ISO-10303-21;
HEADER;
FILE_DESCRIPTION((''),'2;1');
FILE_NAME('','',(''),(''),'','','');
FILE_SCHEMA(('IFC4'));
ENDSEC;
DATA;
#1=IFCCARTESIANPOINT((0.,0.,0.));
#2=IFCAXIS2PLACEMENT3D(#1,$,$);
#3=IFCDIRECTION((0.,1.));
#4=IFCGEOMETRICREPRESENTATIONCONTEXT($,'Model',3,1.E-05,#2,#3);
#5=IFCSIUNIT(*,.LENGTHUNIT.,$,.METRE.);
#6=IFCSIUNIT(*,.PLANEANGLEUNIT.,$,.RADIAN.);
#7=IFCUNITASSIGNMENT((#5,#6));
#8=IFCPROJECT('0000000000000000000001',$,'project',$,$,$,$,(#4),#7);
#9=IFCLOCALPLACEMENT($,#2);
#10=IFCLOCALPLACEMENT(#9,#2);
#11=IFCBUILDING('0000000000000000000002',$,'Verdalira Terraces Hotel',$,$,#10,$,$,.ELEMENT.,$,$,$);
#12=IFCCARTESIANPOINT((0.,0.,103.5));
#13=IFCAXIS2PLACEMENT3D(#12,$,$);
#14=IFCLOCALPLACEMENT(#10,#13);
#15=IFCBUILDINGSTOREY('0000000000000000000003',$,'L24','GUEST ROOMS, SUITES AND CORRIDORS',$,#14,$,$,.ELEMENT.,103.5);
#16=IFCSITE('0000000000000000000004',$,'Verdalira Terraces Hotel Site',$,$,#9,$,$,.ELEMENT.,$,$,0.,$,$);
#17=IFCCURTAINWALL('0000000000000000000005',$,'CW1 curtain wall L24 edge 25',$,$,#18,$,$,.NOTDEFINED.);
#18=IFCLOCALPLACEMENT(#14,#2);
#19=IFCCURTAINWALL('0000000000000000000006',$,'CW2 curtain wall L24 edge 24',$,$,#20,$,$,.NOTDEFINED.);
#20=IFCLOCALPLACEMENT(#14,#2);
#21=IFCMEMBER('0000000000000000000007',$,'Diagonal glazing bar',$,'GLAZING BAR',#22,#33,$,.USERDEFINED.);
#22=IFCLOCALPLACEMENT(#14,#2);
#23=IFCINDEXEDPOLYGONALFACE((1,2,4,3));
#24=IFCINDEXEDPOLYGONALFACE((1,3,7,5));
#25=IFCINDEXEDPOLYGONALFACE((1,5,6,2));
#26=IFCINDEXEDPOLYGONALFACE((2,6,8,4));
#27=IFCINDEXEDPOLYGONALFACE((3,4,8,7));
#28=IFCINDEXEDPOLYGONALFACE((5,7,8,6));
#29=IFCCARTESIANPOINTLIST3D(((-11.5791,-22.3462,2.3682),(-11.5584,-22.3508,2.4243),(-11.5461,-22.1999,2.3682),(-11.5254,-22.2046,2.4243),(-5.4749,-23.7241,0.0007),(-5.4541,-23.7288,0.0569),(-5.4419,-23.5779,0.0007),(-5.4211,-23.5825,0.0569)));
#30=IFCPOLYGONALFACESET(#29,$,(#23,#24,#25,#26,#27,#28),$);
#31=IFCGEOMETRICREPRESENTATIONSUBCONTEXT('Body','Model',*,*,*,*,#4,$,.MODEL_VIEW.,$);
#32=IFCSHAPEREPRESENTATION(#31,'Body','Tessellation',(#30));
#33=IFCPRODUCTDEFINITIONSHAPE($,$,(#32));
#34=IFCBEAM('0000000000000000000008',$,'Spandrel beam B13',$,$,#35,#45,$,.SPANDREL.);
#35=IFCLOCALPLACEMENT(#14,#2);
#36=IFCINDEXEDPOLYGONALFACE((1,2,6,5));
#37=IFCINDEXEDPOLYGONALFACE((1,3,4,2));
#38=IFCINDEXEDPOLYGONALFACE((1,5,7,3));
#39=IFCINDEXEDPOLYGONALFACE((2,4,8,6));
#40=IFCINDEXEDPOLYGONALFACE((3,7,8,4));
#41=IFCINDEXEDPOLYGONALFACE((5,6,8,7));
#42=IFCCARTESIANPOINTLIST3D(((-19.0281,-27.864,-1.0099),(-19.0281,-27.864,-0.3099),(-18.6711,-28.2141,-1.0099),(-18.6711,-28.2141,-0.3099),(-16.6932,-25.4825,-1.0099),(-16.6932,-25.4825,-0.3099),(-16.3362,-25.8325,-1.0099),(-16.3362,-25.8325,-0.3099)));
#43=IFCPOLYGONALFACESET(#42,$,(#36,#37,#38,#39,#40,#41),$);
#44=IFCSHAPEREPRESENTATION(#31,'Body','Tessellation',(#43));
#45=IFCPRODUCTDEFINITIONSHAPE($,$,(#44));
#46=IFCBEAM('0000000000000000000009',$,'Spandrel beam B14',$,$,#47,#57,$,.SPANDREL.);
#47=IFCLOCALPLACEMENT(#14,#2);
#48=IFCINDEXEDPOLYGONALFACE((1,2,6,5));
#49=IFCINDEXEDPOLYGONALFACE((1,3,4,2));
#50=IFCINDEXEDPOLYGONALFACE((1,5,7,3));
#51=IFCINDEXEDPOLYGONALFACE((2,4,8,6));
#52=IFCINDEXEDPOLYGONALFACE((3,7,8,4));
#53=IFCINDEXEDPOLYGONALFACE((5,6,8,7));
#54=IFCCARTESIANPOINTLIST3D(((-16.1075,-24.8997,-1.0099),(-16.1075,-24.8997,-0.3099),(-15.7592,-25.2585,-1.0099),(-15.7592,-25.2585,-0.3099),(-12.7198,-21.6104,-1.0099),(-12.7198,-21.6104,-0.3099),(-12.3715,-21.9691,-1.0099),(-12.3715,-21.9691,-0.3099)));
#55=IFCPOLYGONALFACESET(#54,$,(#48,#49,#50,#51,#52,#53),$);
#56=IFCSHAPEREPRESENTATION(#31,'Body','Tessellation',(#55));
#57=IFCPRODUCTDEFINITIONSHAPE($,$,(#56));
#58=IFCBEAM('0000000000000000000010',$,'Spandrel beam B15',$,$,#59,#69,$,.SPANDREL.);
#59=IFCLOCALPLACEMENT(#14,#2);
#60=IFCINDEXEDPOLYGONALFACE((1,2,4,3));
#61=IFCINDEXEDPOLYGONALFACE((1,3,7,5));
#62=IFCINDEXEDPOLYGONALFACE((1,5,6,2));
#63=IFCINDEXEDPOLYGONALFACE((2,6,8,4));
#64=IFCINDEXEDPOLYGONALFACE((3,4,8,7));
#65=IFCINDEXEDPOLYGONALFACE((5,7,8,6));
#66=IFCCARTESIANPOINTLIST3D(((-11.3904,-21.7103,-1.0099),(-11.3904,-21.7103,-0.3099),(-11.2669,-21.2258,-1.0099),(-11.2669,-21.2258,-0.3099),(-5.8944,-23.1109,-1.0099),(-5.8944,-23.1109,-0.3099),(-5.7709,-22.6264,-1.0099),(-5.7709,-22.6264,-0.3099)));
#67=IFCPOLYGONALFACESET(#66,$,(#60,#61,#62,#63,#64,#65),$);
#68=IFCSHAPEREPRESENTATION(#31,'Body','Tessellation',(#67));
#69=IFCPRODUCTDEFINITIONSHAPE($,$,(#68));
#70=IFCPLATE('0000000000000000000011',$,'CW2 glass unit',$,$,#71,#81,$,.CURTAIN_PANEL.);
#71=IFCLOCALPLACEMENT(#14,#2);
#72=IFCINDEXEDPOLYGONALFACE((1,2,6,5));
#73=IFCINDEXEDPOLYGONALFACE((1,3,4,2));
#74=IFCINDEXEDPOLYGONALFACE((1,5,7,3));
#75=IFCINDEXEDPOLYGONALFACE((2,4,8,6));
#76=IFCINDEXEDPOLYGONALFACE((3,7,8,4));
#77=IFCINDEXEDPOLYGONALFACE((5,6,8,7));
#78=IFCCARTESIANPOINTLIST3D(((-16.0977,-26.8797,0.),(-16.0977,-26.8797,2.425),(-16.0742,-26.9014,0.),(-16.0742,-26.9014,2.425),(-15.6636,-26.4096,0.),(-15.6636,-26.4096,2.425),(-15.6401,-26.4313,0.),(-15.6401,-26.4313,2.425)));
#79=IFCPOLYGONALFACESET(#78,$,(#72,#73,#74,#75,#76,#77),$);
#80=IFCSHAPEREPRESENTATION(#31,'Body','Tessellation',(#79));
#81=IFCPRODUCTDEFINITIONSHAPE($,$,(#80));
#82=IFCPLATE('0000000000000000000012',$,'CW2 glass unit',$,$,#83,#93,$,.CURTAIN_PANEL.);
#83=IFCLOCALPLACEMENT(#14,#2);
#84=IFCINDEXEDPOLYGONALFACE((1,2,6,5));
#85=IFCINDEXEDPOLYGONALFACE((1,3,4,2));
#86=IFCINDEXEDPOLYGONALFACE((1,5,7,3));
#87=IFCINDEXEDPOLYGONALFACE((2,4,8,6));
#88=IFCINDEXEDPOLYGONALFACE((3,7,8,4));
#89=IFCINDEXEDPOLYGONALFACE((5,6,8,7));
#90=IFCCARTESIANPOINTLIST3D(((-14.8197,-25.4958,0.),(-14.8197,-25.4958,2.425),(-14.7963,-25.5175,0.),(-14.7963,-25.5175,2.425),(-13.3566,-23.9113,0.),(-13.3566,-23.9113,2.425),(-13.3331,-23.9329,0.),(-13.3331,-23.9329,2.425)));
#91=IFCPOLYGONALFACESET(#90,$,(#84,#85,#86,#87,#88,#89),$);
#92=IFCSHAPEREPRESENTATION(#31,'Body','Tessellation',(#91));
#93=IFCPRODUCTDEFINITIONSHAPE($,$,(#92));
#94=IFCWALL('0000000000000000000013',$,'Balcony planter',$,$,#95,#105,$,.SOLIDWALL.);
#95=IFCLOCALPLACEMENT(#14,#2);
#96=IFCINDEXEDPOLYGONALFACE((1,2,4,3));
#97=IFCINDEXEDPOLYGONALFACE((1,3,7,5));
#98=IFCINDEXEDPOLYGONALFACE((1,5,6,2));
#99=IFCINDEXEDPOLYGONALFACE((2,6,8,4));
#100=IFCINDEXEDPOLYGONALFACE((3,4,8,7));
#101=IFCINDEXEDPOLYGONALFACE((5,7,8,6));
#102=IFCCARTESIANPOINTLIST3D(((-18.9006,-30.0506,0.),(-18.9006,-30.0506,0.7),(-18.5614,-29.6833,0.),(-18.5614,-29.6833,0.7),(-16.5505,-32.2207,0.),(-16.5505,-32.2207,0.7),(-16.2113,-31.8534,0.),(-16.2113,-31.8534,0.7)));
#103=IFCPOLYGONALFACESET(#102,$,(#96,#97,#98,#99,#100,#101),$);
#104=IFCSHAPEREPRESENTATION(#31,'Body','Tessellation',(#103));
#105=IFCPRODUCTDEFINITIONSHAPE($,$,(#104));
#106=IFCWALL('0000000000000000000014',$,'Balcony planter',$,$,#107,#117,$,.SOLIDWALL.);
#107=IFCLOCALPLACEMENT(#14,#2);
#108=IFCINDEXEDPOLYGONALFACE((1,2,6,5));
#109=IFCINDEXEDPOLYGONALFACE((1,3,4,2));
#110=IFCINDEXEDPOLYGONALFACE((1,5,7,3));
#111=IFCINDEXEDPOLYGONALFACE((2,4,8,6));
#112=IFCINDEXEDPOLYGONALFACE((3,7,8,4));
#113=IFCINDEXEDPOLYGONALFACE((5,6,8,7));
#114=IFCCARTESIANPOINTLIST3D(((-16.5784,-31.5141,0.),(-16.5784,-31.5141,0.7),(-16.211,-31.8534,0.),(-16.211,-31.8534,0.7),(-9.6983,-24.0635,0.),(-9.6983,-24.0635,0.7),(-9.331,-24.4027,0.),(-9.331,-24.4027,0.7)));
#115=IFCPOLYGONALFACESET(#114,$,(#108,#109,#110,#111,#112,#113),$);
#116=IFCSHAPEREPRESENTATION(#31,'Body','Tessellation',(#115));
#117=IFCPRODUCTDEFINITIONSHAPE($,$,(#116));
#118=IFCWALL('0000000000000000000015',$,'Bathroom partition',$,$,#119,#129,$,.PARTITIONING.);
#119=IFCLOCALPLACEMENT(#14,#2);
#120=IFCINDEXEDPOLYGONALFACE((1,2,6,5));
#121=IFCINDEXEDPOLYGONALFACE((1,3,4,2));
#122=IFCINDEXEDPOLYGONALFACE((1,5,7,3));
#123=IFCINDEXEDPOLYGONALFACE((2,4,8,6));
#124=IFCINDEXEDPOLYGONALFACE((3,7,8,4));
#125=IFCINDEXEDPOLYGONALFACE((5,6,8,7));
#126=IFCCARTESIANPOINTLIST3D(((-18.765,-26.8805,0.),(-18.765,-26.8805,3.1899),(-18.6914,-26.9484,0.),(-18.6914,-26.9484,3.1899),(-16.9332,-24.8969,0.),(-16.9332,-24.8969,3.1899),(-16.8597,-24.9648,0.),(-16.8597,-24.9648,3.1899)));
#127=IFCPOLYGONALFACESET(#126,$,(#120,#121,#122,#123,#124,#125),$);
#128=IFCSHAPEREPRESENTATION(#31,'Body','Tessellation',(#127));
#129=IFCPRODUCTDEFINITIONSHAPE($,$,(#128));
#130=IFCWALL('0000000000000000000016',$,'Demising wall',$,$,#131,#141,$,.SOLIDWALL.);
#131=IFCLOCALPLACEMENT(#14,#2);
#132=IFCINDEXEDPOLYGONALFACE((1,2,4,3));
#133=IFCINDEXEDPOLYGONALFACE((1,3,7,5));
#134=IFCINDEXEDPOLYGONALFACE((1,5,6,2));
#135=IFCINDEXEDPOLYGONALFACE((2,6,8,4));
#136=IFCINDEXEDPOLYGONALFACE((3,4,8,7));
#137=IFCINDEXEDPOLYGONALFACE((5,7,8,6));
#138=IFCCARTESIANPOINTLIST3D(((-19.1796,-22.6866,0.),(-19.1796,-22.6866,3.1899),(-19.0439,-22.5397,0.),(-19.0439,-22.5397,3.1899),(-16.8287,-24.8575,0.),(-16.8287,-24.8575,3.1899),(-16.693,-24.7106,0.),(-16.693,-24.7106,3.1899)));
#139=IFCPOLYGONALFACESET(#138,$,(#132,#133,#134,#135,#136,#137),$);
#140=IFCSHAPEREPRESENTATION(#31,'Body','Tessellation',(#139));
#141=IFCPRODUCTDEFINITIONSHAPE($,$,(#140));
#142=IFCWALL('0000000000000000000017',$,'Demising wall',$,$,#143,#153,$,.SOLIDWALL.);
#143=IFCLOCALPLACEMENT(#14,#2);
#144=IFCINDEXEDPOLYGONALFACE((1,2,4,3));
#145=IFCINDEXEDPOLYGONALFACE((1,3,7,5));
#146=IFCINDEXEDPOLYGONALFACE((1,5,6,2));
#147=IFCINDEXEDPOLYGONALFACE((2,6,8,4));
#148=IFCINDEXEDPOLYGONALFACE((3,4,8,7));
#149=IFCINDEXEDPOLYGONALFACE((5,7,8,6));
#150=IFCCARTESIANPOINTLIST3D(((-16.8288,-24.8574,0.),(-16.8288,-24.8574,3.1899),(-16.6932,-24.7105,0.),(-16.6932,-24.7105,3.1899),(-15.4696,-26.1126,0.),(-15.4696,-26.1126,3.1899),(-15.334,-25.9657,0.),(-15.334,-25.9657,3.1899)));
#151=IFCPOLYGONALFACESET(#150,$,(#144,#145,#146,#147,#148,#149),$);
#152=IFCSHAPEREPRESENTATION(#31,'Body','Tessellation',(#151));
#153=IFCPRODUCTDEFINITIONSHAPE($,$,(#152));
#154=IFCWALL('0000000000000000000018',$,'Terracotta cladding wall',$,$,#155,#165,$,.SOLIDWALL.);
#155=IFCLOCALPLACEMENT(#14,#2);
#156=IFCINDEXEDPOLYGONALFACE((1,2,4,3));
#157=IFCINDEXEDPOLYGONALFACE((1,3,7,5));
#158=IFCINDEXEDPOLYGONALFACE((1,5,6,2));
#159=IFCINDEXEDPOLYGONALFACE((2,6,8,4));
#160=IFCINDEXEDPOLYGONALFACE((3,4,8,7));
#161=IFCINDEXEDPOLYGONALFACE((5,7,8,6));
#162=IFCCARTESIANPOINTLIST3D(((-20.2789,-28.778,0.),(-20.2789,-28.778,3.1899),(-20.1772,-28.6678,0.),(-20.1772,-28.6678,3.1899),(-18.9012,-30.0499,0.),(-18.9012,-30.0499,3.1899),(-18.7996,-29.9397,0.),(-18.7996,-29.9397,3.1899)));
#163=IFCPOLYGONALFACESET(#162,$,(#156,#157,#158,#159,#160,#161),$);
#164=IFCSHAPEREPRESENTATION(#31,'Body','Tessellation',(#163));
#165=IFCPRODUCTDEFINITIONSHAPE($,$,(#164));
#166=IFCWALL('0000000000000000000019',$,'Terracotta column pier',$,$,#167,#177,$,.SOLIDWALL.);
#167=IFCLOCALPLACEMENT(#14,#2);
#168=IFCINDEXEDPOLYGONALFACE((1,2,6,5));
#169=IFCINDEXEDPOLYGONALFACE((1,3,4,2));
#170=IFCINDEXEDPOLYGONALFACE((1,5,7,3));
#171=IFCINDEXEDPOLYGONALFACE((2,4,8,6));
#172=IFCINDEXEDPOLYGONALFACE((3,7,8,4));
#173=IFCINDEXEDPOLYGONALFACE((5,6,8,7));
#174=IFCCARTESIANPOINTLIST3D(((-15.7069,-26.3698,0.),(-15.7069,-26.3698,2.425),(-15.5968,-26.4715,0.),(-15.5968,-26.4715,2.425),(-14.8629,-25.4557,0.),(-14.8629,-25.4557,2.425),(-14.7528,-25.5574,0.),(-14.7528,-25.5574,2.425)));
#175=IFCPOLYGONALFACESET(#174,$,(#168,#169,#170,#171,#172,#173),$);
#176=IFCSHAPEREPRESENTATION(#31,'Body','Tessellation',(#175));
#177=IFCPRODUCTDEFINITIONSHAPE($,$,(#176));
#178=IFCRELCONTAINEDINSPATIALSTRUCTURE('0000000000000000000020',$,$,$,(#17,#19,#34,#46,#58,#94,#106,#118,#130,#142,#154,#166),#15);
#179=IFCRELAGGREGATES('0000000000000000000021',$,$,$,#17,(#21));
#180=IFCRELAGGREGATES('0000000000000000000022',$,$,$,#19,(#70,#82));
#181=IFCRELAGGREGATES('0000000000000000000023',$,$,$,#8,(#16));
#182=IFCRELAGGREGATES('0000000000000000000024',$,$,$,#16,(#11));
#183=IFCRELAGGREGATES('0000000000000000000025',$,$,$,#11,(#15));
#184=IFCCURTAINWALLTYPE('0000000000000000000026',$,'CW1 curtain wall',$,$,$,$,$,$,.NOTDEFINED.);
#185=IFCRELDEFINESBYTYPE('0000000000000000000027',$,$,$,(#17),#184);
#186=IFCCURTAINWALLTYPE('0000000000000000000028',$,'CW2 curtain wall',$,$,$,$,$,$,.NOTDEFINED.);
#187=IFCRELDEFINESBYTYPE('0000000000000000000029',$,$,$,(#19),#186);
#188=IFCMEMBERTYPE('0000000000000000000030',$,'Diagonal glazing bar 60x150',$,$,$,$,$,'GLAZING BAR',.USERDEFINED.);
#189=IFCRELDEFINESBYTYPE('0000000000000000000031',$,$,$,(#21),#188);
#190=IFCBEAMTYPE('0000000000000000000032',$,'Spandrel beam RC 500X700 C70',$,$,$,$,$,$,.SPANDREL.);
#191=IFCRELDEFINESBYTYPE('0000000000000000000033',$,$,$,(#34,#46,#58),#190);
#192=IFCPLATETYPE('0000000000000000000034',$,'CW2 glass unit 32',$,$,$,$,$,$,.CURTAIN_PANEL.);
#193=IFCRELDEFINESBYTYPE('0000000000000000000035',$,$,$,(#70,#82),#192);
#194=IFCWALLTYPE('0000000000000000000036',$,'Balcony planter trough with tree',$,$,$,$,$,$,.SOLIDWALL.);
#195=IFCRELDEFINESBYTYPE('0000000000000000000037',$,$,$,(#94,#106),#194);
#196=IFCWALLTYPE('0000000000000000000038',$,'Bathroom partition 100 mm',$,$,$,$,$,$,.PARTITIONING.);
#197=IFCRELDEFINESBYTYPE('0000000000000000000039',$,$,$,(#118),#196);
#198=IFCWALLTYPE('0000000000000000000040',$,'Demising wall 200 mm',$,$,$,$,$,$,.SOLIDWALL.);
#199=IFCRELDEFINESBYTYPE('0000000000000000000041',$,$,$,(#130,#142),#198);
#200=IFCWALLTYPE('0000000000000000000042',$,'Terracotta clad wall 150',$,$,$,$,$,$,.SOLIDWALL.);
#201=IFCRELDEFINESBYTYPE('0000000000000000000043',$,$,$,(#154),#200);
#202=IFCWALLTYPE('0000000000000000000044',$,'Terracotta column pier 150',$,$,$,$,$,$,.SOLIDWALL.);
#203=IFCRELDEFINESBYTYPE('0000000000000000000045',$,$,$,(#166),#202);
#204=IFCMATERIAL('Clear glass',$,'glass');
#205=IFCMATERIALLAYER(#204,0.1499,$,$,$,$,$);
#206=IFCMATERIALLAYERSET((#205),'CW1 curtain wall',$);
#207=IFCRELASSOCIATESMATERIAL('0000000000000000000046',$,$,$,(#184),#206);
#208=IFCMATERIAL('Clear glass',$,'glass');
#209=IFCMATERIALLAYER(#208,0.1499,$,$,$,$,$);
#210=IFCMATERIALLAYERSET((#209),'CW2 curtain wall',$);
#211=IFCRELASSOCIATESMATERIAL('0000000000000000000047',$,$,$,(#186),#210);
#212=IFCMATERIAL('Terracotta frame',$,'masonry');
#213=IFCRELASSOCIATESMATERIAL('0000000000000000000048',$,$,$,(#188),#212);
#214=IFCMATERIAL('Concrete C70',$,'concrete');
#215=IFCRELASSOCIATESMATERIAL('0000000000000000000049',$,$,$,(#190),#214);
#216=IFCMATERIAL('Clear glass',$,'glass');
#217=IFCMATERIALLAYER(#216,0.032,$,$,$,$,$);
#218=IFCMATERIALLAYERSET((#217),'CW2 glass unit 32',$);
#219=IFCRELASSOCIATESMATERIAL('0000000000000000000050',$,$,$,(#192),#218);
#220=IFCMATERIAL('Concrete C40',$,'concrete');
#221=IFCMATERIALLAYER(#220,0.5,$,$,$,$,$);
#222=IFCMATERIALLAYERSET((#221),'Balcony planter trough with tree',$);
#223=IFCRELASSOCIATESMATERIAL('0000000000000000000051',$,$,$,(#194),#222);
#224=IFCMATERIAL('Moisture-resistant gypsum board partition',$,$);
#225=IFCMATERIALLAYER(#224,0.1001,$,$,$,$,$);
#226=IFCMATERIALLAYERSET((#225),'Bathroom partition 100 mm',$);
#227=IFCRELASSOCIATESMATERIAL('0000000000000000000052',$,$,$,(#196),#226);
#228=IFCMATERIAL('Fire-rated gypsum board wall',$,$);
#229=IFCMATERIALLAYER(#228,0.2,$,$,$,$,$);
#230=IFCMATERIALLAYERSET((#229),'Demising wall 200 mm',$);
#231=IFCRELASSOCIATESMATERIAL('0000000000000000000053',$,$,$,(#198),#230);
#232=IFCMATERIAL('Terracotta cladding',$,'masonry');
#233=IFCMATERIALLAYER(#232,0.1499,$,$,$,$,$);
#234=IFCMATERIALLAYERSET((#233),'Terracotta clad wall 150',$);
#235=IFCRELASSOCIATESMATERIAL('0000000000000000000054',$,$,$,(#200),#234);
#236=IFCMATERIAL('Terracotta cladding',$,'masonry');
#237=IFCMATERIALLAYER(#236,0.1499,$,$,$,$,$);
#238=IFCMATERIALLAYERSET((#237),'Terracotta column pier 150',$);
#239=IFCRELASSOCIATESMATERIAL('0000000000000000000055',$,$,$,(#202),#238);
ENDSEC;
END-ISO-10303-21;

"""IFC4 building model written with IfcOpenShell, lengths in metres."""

from ifc_helpers import new_model, si_unit, direction, frame, frame_2d, origin, origin_2d, place, context, subcontext, project, spatial, rectangle, extrude, material, layer, layer_set, material_profile, profile_set, type_object, element, aggregate, save


model = new_model("IFC4")

# Units and contexts
model_context = context("Model", 3, precision=1e-05, world=origin(), true_north=direction((0.0, 1.0)))
body_context = subcontext(model_context, "Body", "Model", "MODEL_VIEW")
ifc_project = project(units=[si_unit("LENGTHUNIT", "METRE"), si_unit("PLANEANGLEUNIT", "RADIAN")], contexts=[model_context])

# Site, building, storey
site_placement = place(None, origin())
site = spatial("IfcSite", under=ifc_project, at=site_placement, Name="Verdalira Terraces Hotel Site", CompositionType="ELEMENT", RefElevation=0.0)
building_placement = place(site_placement, origin())
building = spatial("IfcBuilding", under=site, at=building_placement, Name="Verdalira Terraces Hotel", CompositionType="ELEMENT")
storey_placement = place(building_placement, frame((0.0, 0.0, 103.5)))
storey = spatial("IfcBuildingStorey", under=building, at=storey_placement, Name="L24", Description="GUEST ROOMS, SUITES AND CORRIDORS", CompositionType="ELEMENT", Elevation=103.5)

# Curtain walls
ifc_material_1 = material(Name="Clear glass", Category="glass")
ifc_layer_1 = layer(ifc_material_1, 0.1499)
ifc_layer_set_1 = layer_set([ifc_layer_1], Name="CW1 curtain wall")
curtain_wall_type_1 = type_object("IfcCurtainWallType", Name="CW1 curtain wall", PredefinedType="NOTDEFINED", material=ifc_layer_set_1)
curtain_wall_1_placement = place(storey_placement, origin())
curtain_wall_1 = element("IfcCurtainWall", 1, at=curtain_wall_1_placement, inside=storey, type_object=curtain_wall_type_1, Name="CW1 curtain wall L24 edge 25", PredefinedType="NOTDEFINED")
ifc_material_2 = material(Name="Clear glass", Category="glass")
ifc_layer_2 = layer(ifc_material_2, 0.1499)
ifc_layer_set_2 = layer_set([ifc_layer_2], Name="CW2 curtain wall")
curtain_wall_type_2 = type_object("IfcCurtainWallType", Name="CW2 curtain wall", PredefinedType="NOTDEFINED", material=ifc_layer_set_2)
curtain_wall_2_placement = place(storey_placement, origin())
curtain_wall_2 = element("IfcCurtainWall", 2, at=curtain_wall_2_placement, inside=storey, type_object=curtain_wall_type_2, Name="CW2 curtain wall L24 edge 24", PredefinedType="NOTDEFINED")

# Member
ifc_material_3 = material(Name="Terracotta frame", Category="masonry")
ifc_material_profile_1 = material_profile(ifc_material_3, rectangle(XDim=0.1499, YDim=0.0601, at=origin_2d()), Name="GB 60x150")
ifc_profile_set_1 = profile_set([ifc_material_profile_1], Name="Terracotta frame")
member_type_1 = type_object("IfcMemberType", Name="Diagonal glazing bar 60x150", ElementType="GLAZING BAR", PredefinedType="USERDEFINED", material=ifc_profile_set_1)
member_1_placement = place(storey_placement, frame((-11.5522, -22.2754, 2.3962), z_axis=(0.91235, -0.205947, -0.35384), x_axis=(0.220193, 0.975456, 0.0)))
member_1 = element("IfcMember", 3, at=member_1_placement, type_object=member_type_1, Name="Diagonal glazing bar", ObjectType="GLAZING BAR", PredefinedType="USERDEFINED", context=body_context, shape_type="SweptSolid", body=[
    extrude(rectangle(XDim=0.1499, YDim=0.0601, at=origin_2d()), origin(), (0.0, 0.0, 1.0), 6.6907),
])
aggregate(curtain_wall_1, [member_1])

# Beams
ifc_material_4 = material(Name="Concrete C70", Category="concrete")
ifc_material_profile_2 = material_profile(ifc_material_4, rectangle(XDim=0.5, YDim=0.7, at=origin_2d()), Name="RC 500X700")
ifc_profile_set_2 = profile_set([ifc_material_profile_2], Name="Concrete C70")
beam_type_1 = type_object("IfcBeamType", Name="Spandrel beam RC 500X700 C70", PredefinedType="SPANDREL", material=ifc_profile_set_2)
beam_1_placement = place(storey_placement, frame((-18.8496, -28.0391, -0.6599), z_axis=(0.700082, 0.714063, 0.0), x_axis=(-0.714063, 0.700082, 0.0)))
element("IfcBeam", 4, at=beam_1_placement, inside=storey, type_object=beam_type_1, Name="Spandrel beam B13", PredefinedType="SPANDREL", context=body_context, shape_type="SweptSolid", body=[
    extrude(rectangle(XDim=0.5, YDim=0.7, at=origin_2d()), origin(), (0.0, 0.0, 1.0), 3.3352),
])
beam_2_placement = place(storey_placement, frame((-15.9334, -25.0791, -0.6599), z_axis=(0.717448, 0.696612, 0.0), x_axis=(-0.696612, 0.717448, 0.0)))
element("IfcBeam", 5, at=beam_2_placement, inside=storey, type_object=beam_type_1, Name="Spandrel beam B14", PredefinedType="SPANDREL", context=body_context, shape_type="SweptSolid", body=[
    extrude(rectangle(XDim=0.5, YDim=0.7, at=origin_2d()), origin(), (0.0, 0.0, 1.0), 4.7219),
])
beam_3_placement = place(storey_placement, frame((-11.3286, -21.468, -0.6599), z_axis=(0.969026, -0.246959, 0.0), x_axis=(0.246959, 0.969026, 0.0)))
element("IfcBeam", 6, at=beam_3_placement, inside=storey, type_object=beam_type_1, Name="Spandrel beam B15", PredefinedType="SPANDREL", context=body_context, shape_type="SweptSolid", body=[
    extrude(rectangle(XDim=0.5, YDim=0.7, at=origin_2d()), origin(), (0.0, 0.0, 1.0), 5.6716),
])

# Plates
ifc_material_5 = material(Name="Clear glass", Category="glass")
ifc_layer_3 = layer(ifc_material_5, 0.032)
ifc_layer_set_3 = layer_set([ifc_layer_3], Name="CW2 glass unit 32")
plate_type = type_object("IfcPlateType", Name="CW2 glass unit 32", PredefinedType="CURTAIN_PANEL", material=ifc_layer_set_3)
plate_1_placement = place(storey_placement, frame((-15.8689, -26.6555, 0.0), z_axis=(0.0, 0.0, 1.0), x_axis=(0.678416, 0.734678, 0.0)))
plate_1 = element("IfcPlate", 7, at=plate_1_placement, type_object=plate_type, Name="CW2 glass unit", PredefinedType="CURTAIN_PANEL", context=body_context, shape_type="SweptSolid", body=[
    extrude(rectangle(XDim=0.6399, YDim=0.032, at=origin_2d()), origin(), (0.0, 0.0, 1.0), 2.425),
])
plate_2_placement = place(storey_placement, frame((-14.0764, -24.7144, 0.0), z_axis=(0.0, 0.0, 1.0), x_axis=(0.678416, 0.734678, 0.0)))
plate_2 = element("IfcPlate", 8, at=plate_2_placement, type_object=plate_type, Name="CW2 glass unit", PredefinedType="CURTAIN_PANEL", context=body_context, shape_type="SweptSolid", body=[
    extrude(rectangle(XDim=2.1567, YDim=0.032, at=origin_2d()), origin(), (0.0, 0.0, 1.0), 2.425),
])
aggregate(curtain_wall_2, [plate_1, plate_2])

# Walls
ifc_material_6 = material(Name="Concrete C40", Category="concrete")
ifc_layer_4 = layer(ifc_material_6, 0.5)
ifc_layer_set_4 = layer_set([ifc_layer_4], Name="Balcony planter trough with tree")
wall_type_1 = type_object("IfcWallType", Name="Balcony planter trough with tree", PredefinedType="SOLIDWALL", material=ifc_layer_set_4)
wall_1_placement = place(storey_placement, frame((-18.731, -29.8669, 0.0), z_axis=(0.0, 0.0, 1.0), x_axis=(0.734672, -0.678423, 0.0)))
element("IfcWall", 9, at=wall_1_placement, inside=storey, type_object=wall_type_1, Name="Balcony planter", PredefinedType="SOLIDWALL", context=body_context, shape_type="SweptSolid", body=[
    extrude(rectangle(XDim=3.1987, YDim=0.5, at=frame_2d((1.5994, 0.0))), origin(), (0.0, 0.0, 1.0), 0.7),
])
wall_2_placement = place(storey_placement, frame((-16.3948, -31.6838, 0.0), z_axis=(0.0, 0.0, 1.0), x_axis=(0.678417, 0.734677, 0.0)))
element("IfcWall", 10, at=wall_2_placement, inside=storey, type_object=wall_type_1, Name="Balcony planter", PredefinedType="SOLIDWALL", context=body_context, shape_type="SweptSolid", body=[
    extrude(rectangle(XDim=10.1414, YDim=0.5, at=frame_2d((5.0708, 0.0))), origin(), (0.0, 0.0, 1.0), 0.7),
])
ifc_material_7 = material(Name="Moisture-resistant gypsum board partition")
ifc_layer_5 = layer(ifc_material_7, 0.1001)
ifc_layer_set_5 = layer_set([ifc_layer_5], Name="Bathroom partition 100 mm")
wall_type_2 = type_object("IfcWallType", Name="Bathroom partition 100 mm", PredefinedType="PARTITIONING", material=ifc_layer_set_5)
wall_3_placement = place(storey_placement, frame((-18.7283, -26.9146, 0.0), z_axis=(0.0, 0.0, 1.0), x_axis=(0.678427, 0.734668, 0.0)))
element("IfcWall", 11, at=wall_3_placement, inside=storey, type_object=wall_type_2, Name="Bathroom partition", PredefinedType="PARTITIONING", context=body_context, shape_type="SweptSolid", body=[
    extrude(rectangle(XDim=2.7, YDim=0.1001, at=frame_2d((1.3501, 0.0))), origin(), (0.0, 0.0, 1.0), 3.1899),
])
ifc_material_8 = material(Name="Fire-rated gypsum board wall")
ifc_layer_6 = layer(ifc_material_8, 0.2)
ifc_layer_set_6 = layer_set([ifc_layer_6], Name="Demising wall 200 mm")
wall_type_3 = type_object("IfcWallType", Name="Demising wall 200 mm", PredefinedType="SOLIDWALL", material=ifc_layer_set_6)
wall_4_placement = place(storey_placement, frame((-19.1118, -22.613, 0.0), z_axis=(0.0, 0.0, 1.0), x_axis=(0.734663, -0.678432, 0.0)))
element("IfcWall", 12, at=wall_4_placement, inside=storey, type_object=wall_type_3, Name="Demising wall", PredefinedType="SOLIDWALL", context=body_context, shape_type="SweptSolid", body=[
    extrude(rectangle(XDim=3.2, YDim=0.2, at=frame_2d((1.6001, 0.0))), origin(), (0.0, 0.0, 1.0), 3.1899),
])
wall_5_placement = place(storey_placement, frame((-16.761, -24.7839, 0.0), z_axis=(0.0, 0.0, 1.0), x_axis=(0.734657, -0.678439, 0.0)))
element("IfcWall", 13, at=wall_5_placement, inside=storey, type_object=wall_type_3, Name="Demising wall", PredefinedType="SOLIDWALL", context=body_context, shape_type="SweptSolid", body=[
    extrude(rectangle(XDim=1.8501, YDim=0.2, at=frame_2d((0.925, 0.0))), origin(), (0.0, 0.0, 1.0), 3.1899),
])
ifc_material_9 = material(Name="Terracotta cladding", Category="masonry")
ifc_layer_7 = layer(ifc_material_9, 0.1499)
ifc_layer_set_7 = layer_set([ifc_layer_7], Name="Terracotta clad wall 150")
wall_type_4 = type_object("IfcWallType", Name="Terracotta clad wall 150", PredefinedType="SOLIDWALL", material=ifc_layer_set_7)
wall_6_placement = place(storey_placement, frame((-20.228, -28.7229, 0.0), z_axis=(0.0, 0.0, 1.0), x_axis=(0.734734, -0.678356, 0.0)))
element("IfcWall", 14, at=wall_6_placement, inside=storey, type_object=wall_type_4, Name="Terracotta cladding wall", PredefinedType="SOLIDWALL", context=body_context, shape_type="SweptSolid", body=[
    extrude(rectangle(XDim=1.875, YDim=0.1499, at=frame_2d((0.9375, 0.0))), origin(), (0.0, 0.0, 1.0), 3.1899),
])
ifc_material_10 = material(Name="Terracotta cladding", Category="masonry")
ifc_layer_8 = layer(ifc_material_10, 0.1499)
ifc_layer_set_8 = layer_set([ifc_layer_8], Name="Terracotta column pier 150")
wall_type_5 = type_object("IfcWallType", Name="Terracotta column pier 150", PredefinedType="SOLIDWALL", material=ifc_layer_set_8)
wall_7_placement = place(storey_placement, frame((-15.6519, -26.4207, 0.0), z_axis=(0.0, 0.0, 1.0), x_axis=(0.678386, 0.734706, 0.0)))
element("IfcWall", 15, at=wall_7_placement, inside=storey, type_object=wall_type_5, Name="Terracotta column pier", PredefinedType="SOLIDWALL", context=body_context, shape_type="SweptSolid", body=[
    extrude(rectangle(XDim=1.2441, YDim=0.1499, at=frame_2d((0.6221, 0.0))), origin(), (0.0, 0.0, 1.0), 2.425),
])

save(model, "model.ifc")
